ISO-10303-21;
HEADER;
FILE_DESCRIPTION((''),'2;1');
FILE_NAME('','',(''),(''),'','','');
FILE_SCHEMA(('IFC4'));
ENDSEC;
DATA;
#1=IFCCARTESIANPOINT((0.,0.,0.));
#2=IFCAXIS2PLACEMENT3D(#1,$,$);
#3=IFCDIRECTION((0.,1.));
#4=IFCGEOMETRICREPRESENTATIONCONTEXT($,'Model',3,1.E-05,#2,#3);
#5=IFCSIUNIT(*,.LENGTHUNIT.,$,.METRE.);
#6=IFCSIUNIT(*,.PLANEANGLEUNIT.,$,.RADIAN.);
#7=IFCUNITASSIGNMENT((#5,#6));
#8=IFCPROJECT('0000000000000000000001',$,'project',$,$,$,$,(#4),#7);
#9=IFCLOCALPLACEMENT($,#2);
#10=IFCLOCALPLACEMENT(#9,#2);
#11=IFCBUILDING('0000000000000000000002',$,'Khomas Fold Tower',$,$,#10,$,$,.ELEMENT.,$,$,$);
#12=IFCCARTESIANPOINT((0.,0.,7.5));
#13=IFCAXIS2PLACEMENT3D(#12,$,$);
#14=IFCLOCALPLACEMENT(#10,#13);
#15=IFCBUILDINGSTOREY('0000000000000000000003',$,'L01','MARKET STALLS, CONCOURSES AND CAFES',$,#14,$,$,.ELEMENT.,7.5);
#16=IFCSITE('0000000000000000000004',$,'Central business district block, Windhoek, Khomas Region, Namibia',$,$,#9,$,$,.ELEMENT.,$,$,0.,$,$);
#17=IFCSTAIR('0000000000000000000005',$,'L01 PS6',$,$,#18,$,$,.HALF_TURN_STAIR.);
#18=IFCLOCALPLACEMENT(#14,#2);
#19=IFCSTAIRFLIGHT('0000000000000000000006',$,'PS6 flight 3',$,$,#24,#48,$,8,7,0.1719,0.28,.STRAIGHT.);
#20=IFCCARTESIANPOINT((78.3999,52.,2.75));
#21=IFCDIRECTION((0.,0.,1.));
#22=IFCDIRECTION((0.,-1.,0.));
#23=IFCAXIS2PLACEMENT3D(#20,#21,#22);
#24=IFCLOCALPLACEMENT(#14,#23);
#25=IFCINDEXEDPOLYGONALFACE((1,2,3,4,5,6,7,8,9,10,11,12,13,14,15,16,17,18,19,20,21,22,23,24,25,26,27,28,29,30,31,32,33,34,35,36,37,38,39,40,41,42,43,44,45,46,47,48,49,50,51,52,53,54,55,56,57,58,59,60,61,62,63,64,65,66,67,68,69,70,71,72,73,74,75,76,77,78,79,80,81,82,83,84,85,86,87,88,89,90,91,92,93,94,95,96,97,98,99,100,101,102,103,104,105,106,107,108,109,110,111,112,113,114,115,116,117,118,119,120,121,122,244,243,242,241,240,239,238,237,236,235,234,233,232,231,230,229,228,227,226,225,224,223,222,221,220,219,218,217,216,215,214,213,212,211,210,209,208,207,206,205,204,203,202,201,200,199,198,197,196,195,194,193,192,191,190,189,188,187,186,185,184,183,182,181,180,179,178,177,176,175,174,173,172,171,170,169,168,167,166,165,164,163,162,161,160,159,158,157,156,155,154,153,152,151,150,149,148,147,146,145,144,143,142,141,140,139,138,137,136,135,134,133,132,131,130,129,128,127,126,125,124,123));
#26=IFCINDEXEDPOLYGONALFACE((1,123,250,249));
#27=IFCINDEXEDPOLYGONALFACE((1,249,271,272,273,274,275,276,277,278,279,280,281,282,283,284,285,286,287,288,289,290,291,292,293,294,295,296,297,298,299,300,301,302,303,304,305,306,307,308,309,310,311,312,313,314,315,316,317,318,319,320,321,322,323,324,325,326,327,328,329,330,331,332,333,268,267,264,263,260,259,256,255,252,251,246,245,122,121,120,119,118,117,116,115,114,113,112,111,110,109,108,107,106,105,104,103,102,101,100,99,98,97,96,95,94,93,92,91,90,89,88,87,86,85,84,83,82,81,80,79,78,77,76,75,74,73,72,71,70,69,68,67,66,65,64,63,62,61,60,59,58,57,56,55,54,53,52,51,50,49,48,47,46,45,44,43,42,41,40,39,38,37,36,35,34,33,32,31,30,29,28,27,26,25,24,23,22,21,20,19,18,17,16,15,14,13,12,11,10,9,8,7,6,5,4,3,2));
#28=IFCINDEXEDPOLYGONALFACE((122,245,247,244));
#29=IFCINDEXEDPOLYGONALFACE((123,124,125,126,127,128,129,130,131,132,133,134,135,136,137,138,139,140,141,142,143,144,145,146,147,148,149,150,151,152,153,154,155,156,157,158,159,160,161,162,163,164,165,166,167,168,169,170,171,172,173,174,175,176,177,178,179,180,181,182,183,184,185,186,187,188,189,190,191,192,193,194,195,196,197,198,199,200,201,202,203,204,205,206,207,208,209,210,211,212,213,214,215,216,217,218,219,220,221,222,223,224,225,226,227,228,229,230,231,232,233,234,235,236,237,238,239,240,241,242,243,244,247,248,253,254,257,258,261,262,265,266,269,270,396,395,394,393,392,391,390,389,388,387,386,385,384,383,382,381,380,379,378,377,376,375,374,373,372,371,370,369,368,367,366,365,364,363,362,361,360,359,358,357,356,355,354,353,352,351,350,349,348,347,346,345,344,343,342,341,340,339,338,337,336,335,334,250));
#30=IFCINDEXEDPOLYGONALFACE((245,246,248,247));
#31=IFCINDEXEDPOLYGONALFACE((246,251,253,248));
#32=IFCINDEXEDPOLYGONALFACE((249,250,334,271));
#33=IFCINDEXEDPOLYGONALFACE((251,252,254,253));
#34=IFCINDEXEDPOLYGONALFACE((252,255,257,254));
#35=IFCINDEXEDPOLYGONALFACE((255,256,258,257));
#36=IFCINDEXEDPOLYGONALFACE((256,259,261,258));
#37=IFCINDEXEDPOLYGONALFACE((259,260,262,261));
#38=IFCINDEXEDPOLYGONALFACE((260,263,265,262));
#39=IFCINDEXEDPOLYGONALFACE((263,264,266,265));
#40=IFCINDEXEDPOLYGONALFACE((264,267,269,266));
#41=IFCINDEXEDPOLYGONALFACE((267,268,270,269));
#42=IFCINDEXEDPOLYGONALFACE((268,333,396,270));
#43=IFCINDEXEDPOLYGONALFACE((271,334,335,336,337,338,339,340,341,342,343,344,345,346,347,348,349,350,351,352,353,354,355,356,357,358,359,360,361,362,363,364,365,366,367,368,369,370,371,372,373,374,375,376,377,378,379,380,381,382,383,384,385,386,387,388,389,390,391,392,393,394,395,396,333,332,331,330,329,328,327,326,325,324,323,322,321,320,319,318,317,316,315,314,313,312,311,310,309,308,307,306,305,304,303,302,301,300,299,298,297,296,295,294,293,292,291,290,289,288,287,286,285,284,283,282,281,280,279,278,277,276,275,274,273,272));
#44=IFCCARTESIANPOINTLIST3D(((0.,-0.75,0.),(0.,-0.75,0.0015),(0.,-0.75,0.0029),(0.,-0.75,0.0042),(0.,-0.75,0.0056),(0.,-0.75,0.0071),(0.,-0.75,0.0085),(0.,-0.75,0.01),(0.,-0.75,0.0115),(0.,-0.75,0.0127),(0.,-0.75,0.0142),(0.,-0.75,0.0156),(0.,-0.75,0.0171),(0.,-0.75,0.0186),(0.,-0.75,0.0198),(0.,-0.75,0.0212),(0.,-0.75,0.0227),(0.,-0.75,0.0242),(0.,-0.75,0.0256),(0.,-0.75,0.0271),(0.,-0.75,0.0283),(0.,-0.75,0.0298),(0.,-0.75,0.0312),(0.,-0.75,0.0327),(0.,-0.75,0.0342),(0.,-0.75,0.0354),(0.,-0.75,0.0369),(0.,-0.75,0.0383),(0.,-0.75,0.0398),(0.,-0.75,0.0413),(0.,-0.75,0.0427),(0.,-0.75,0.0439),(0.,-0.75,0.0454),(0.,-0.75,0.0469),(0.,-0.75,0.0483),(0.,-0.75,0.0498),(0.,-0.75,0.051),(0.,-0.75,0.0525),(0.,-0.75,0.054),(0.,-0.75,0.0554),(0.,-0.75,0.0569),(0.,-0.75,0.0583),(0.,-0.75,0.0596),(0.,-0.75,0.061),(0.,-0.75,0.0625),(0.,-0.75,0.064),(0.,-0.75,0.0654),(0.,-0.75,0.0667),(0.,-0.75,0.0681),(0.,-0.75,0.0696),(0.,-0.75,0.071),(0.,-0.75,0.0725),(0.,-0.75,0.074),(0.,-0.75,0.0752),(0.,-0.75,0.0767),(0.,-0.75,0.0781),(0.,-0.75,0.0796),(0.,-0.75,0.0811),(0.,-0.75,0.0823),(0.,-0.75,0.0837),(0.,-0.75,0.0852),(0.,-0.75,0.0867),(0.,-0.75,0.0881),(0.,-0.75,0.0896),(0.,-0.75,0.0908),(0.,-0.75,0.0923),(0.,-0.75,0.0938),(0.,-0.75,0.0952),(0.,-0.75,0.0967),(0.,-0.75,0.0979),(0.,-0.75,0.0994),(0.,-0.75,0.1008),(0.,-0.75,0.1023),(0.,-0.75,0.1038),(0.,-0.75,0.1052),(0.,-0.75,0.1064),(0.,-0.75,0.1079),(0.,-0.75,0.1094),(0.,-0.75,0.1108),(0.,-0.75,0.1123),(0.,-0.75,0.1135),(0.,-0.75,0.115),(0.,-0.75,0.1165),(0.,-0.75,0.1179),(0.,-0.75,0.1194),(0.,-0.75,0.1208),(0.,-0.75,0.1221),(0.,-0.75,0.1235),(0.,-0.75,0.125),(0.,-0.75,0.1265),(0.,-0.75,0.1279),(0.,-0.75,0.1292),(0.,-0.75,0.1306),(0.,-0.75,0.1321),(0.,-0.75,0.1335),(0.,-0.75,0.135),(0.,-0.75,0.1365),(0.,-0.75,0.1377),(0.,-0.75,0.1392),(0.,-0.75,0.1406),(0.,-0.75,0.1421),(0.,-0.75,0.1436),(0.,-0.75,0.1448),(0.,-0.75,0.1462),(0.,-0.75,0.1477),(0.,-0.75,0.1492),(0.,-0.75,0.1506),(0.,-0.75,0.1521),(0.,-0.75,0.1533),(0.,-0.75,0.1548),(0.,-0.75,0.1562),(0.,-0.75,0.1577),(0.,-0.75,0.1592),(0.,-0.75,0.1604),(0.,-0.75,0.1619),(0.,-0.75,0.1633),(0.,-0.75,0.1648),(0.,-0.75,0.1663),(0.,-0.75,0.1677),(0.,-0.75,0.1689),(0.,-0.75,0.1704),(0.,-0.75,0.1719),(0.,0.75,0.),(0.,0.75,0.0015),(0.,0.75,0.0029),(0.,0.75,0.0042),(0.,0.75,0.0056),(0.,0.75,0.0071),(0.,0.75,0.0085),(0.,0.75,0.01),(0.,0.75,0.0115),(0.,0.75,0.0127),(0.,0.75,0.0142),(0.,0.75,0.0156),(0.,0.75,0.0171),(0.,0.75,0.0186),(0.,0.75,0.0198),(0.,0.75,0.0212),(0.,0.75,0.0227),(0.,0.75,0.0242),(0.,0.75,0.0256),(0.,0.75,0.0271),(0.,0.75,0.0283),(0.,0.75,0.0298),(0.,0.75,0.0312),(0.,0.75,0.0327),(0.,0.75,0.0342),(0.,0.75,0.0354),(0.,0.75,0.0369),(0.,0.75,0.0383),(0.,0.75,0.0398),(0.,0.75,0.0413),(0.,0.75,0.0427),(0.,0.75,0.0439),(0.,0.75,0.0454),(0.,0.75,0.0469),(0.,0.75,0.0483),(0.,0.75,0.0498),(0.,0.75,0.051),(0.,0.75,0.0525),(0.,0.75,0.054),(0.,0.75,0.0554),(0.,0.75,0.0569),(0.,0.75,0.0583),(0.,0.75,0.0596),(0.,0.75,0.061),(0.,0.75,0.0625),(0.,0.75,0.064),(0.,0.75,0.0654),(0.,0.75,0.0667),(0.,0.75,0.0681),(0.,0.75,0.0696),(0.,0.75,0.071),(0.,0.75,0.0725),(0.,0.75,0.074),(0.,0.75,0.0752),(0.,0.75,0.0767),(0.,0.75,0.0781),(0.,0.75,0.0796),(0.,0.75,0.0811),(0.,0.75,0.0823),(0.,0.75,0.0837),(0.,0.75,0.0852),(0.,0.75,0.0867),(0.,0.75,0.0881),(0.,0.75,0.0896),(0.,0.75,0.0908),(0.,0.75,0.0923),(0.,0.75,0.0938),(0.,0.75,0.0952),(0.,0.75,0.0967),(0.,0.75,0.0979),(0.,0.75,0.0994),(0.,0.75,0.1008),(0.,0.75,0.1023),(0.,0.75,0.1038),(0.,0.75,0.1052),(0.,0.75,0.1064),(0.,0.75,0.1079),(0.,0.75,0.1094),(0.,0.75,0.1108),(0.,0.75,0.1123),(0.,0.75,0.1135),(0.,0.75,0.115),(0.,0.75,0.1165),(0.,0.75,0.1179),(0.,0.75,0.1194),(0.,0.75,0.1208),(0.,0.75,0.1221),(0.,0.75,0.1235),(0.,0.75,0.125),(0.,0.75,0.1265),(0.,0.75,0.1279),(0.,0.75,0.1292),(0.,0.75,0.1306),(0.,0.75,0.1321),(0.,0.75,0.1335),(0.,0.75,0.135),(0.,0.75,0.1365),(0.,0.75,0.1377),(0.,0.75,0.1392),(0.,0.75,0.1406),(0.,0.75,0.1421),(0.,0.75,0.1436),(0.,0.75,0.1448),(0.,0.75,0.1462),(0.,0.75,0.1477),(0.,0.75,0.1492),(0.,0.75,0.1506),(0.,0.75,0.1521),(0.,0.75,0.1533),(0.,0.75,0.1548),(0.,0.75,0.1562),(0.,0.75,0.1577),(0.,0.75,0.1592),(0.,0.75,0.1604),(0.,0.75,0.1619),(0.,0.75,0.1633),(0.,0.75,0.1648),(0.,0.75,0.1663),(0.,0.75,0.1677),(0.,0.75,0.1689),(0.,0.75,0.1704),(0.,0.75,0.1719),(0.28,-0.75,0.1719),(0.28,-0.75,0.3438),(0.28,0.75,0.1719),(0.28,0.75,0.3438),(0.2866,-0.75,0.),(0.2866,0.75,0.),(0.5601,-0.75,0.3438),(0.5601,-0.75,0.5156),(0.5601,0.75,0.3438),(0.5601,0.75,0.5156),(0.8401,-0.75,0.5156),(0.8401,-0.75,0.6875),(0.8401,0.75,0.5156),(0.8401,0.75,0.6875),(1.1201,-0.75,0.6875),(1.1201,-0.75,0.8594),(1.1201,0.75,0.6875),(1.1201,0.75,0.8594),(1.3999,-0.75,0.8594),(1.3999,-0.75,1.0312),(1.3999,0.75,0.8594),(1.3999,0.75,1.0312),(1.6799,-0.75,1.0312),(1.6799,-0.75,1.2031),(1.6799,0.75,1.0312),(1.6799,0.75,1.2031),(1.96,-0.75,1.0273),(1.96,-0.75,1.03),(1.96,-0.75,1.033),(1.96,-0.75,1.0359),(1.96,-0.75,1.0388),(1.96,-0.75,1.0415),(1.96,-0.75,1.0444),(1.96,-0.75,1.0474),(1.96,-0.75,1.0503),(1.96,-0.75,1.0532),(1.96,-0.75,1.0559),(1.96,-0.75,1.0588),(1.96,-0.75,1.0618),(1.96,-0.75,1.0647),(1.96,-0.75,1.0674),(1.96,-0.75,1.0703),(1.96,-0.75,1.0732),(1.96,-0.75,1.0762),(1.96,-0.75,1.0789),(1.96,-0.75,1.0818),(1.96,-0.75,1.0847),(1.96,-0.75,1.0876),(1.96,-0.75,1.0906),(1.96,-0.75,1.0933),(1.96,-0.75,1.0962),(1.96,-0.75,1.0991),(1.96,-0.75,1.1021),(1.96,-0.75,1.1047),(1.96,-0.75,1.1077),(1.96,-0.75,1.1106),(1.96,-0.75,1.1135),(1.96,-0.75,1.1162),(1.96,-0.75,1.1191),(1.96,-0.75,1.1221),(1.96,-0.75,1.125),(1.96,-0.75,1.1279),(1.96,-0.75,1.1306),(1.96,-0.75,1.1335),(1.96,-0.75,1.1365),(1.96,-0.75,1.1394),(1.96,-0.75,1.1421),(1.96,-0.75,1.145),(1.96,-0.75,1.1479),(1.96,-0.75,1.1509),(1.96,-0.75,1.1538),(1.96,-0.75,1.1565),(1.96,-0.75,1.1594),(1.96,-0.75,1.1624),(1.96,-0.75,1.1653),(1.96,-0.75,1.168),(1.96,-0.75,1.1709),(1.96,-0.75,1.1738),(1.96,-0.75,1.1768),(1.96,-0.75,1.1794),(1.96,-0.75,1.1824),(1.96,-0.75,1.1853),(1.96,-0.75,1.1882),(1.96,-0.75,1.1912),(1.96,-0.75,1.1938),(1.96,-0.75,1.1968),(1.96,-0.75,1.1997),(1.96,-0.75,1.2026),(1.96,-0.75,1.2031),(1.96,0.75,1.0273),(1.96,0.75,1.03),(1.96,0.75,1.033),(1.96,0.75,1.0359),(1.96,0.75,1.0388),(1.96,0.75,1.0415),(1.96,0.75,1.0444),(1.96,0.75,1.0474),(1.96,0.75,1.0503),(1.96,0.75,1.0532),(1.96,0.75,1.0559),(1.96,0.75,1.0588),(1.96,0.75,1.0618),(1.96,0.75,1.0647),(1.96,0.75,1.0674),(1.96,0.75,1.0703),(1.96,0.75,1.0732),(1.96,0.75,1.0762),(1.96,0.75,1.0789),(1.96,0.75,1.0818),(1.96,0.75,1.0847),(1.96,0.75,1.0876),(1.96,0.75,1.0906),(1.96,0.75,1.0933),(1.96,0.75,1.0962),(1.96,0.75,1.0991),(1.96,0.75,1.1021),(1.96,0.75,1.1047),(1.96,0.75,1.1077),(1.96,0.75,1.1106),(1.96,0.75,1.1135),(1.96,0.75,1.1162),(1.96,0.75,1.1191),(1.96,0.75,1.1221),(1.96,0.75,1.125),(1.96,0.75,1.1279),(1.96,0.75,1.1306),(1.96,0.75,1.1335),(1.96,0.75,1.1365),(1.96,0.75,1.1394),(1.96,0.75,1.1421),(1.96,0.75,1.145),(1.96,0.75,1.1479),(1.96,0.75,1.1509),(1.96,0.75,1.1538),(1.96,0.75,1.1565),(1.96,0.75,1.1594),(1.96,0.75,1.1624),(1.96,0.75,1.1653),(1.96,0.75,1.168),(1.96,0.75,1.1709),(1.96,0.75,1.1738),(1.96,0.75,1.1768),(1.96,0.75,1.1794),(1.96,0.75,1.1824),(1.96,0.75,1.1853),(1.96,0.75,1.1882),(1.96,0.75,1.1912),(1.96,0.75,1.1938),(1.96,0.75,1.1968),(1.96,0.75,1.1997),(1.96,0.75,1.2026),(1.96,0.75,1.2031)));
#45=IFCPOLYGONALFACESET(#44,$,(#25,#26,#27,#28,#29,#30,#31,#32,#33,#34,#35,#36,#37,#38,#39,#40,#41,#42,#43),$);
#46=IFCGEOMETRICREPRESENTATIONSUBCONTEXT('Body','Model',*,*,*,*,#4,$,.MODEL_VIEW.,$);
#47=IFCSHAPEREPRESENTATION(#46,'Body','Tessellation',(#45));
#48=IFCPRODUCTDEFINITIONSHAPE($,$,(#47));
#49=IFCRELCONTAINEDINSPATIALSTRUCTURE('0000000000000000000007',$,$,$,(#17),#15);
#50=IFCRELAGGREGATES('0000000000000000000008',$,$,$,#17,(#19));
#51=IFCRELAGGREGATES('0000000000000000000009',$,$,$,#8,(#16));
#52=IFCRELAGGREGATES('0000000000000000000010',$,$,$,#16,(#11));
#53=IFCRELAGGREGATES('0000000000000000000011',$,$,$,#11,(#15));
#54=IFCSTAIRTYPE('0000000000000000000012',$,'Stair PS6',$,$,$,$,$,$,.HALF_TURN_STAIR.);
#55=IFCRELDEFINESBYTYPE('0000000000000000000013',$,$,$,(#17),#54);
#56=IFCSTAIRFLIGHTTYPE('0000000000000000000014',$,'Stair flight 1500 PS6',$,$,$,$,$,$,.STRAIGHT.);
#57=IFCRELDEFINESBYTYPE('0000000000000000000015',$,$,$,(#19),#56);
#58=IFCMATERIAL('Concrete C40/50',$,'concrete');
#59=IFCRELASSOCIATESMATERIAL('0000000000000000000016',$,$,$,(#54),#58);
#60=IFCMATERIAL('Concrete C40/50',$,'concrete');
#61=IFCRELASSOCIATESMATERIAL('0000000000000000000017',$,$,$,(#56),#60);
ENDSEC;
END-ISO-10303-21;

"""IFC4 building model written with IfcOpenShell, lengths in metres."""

from ifc_helpers import new_model, si_unit, direction, frame, origin, place, context, subcontext, project, spatial, polyline, outline, extrude, source, transform, mapped, material, type_object, element, aggregate, save


model = new_model("IFC4")

# Units and contexts
model_context = context("Model", 3, precision=1e-05, world=origin(), true_north=direction((0.0, 1.0)))
body_context = subcontext(model_context, "Body", "Model", "MODEL_VIEW")
ifc_project = project(units=[si_unit("LENGTHUNIT", "METRE"), si_unit("PLANEANGLEUNIT", "RADIAN")], contexts=[model_context])

# Site, building, storey
site_placement = place(None, origin())
site = spatial("IfcSite", under=ifc_project, at=site_placement, Name="Central business district block, Windhoek, Khomas Region, Namibia", CompositionType="ELEMENT", RefElevation=0.0)
building_placement = place(site_placement, origin())
building = spatial("IfcBuilding", under=site, at=building_placement, Name="Khomas Fold Tower", CompositionType="ELEMENT")
storey_placement = place(building_placement, frame((0.0, 0.0, 7.5)))
storey = spatial("IfcBuildingStorey", under=building, at=storey_placement, Name="L01", Description="MARKET STALLS, CONCOURSES AND CAFES", CompositionType="ELEMENT", Elevation=7.5)

# Stair, stair flight
shared_shape_1 = source(origin(), body_context, "Body", "SweptSolid", [
    extrude(outline(polyline([(0.0, 0.0), (0.0, 0.0015), (0.0, 0.0029), (0.0, 0.0042), (0.0, 0.0056), (0.0, 0.0071), (0.0, 0.0085), (0.0, 0.01), (0.0, 0.0115), (0.0, 0.0127), (0.0, 0.0142), (0.0, 0.0156), (0.0, 0.0171), (0.0, 0.0186), (0.0, 0.0198), (0.0, 0.0212), (0.0, 0.0227), (0.0, 0.0242), (0.0, 0.0256), (0.0, 0.0271), (0.0, 0.0283), (0.0, 0.0298), (0.0, 0.0312), (0.0, 0.0327), (0.0, 0.0342), (0.0, 0.0354), (0.0, 0.0369), (0.0, 0.0383), (0.0, 0.0398), (0.0, 0.0413), (0.0, 0.0427), (0.0, 0.0439), (0.0, 0.0454), (0.0, 0.0469), (0.0, 0.0483), (0.0, 0.0498), (0.0, 0.051), (0.0, 0.0525), (0.0, 0.054), (0.0, 0.0554), (0.0, 0.0569), (0.0, 0.0583), (0.0, 0.0596), (0.0, 0.061), (0.0, 0.0625), (0.0, 0.064), (0.0, 0.0654), (0.0, 0.0667), (0.0, 0.0681), (0.0, 0.0696), (0.0, 0.071), (0.0, 0.0725), (0.0, 0.074), (0.0, 0.0752), (0.0, 0.0767), (0.0, 0.0781), (0.0, 0.0796), (0.0, 0.0811), (0.0, 0.0823), (0.0, 0.0837), (0.0, 0.0852), (0.0, 0.0867), (0.0, 0.0881), (0.0, 0.0896), (0.0, 0.0908), (0.0, 0.0923), (0.0, 0.0938), (0.0, 0.0952), (0.0, 0.0967), (0.0, 0.0979), (0.0, 0.0994), (0.0, 0.1008), (0.0, 0.1023), (0.0, 0.1038), (0.0, 0.1052), (0.0, 0.1064), (0.0, 0.1079), (0.0, 0.1094), (0.0, 0.1108), (0.0, 0.1123), (0.0, 0.1135), (0.0, 0.115), (0.0, 0.1165), (0.0, 0.1179), (0.0, 0.1194), (0.0, 0.1208), (0.0, 0.1221), (0.0, 0.1235), (0.0, 0.125), (0.0, 0.1265), (0.0, 0.1279), (0.0, 0.1292), (0.0, 0.1306), (0.0, 0.1321), (0.0, 0.1335), (0.0, 0.135), (0.0, 0.1365), (0.0, 0.1377), (0.0, 0.1392), (0.0, 0.1406), (0.0, 0.1421), (0.0, 0.1436), (0.0, 0.1448), (0.0, 0.1462), (0.0, 0.1477), (0.0, 0.1492), (0.0, 0.1506), (0.0, 0.1521), (0.0, 0.1533), (0.0, 0.1548), (0.0, 0.1562), (0.0, 0.1577), (0.0, 0.1592), (0.0, 0.1604), (0.0, 0.1619), (0.0, 0.1633), (0.0, 0.1648), (0.0, 0.1663), (0.0, 0.1677), (0.0, 0.1689), (0.0, 0.1704), (0.0, 0.1719), (0.28, 0.1719), (0.28, 0.3438), (0.5601, 0.3438), (0.5601, 0.5156), (0.8401, 0.5156), (0.8401, 0.6875), (1.1201, 0.6875), (1.1201, 0.8594), (1.3999, 0.8594), (1.3999, 1.0312), (1.6799, 1.0312), (1.6799, 1.2031), (1.96, 1.2031), (1.96, 1.375), (1.96, 1.3721), (1.96, 1.3691), (1.96, 1.3665), (1.96, 1.3635), (1.96, 1.3606), (1.96, 1.3577), (1.96, 1.355), (1.96, 1.3521), (1.96, 1.3491), (1.96, 1.3462), (1.96, 1.3435), (1.96, 1.3406), (1.96, 1.3376), (1.96, 1.3347), (1.96, 1.3318), (1.96, 1.3291), (1.96, 1.3262), (1.96, 1.3232), (1.96, 1.3203), (1.96, 1.3176), (1.96, 1.3147), (1.96, 1.3118), (1.96, 1.3088), (1.96, 1.3059), (1.96, 1.3032), (1.96, 1.3003), (1.96, 1.2974), (1.96, 1.2944), (1.96, 1.2917), (1.96, 1.2888), (1.96, 1.2859), (1.96, 1.283), (1.96, 1.2803), (1.96, 1.2773), (1.96, 1.2744), (1.96, 1.2715), (1.96, 1.2686), (1.96, 1.2659), (1.96, 1.2629), (1.96, 1.26), (1.96, 1.2571), (1.96, 1.2544), (1.96, 1.2515), (1.96, 1.2485), (1.96, 1.2456), (1.96, 1.2427), (1.96, 1.24), (1.96, 1.2371), (1.96, 1.2341), (1.96, 1.2312), (1.96, 1.2285), (1.96, 1.2256), (1.96, 1.2227), (1.96, 1.2197), (1.96, 1.217), (1.96, 1.2141), (1.96, 1.2112), (1.96, 1.2083), (1.96, 1.2053), (1.96, 1.2026), (1.96, 1.1997), (1.96, 1.1968), (1.96, 1.1938), (1.96, 1.1912), (1.96, 1.1882), (1.96, 1.1853), (1.96, 1.1824), (1.96, 1.1794), (1.96, 1.1768), (1.96, 1.1738), (1.96, 1.1709), (1.96, 1.168), (1.96, 1.1653), (1.96, 1.1624), (1.96, 1.1594), (1.96, 1.1565), (1.96, 1.1538), (1.96, 1.1509), (1.96, 1.1479), (1.96, 1.145), (1.96, 1.1421), (1.96, 1.1394), (1.96, 1.1365), (1.96, 1.1335), (1.96, 1.1306), (1.96, 1.1279), (1.96, 1.125), (1.96, 1.1221), (1.96, 1.1191), (1.96, 1.1162), (1.96, 1.1135), (1.96, 1.1106), (1.96, 1.1077), (1.96, 1.1047), (1.96, 1.1021), (1.96, 1.0991), (1.96, 1.0962), (1.96, 1.0933), (1.96, 1.0906), (1.96, 1.0876), (1.96, 1.0847), (1.96, 1.0818), (1.96, 1.0789), (1.96, 1.0762), (1.96, 1.0732), (1.96, 1.0703), (1.96, 1.0674), (1.96, 1.0647), (1.96, 1.0618), (1.96, 1.0588), (1.96, 1.0559), (1.96, 1.0532), (1.96, 1.0503), (1.96, 1.0474), (1.96, 1.0444), (1.96, 1.0415), (1.96, 1.0388), (1.96, 1.0359), (1.96, 1.033), (1.96, 1.03), (1.96, 1.0273), (0.2866, 0.0), (0.0, 0.0)])), frame((0.0, 0.75, 0.0), z_axis=(0.0, -1.0, 0.0), x_axis=(1.0, 0.0, 0.0)), (0.0, 0.0, 1.0), 1.5),
])
ifc_material_1 = material(Name="Concrete C40/50", Category="concrete")
stair_type_1 = type_object("IfcStairType", Name="Stair PS6", PredefinedType="HALF_TURN_STAIR", material=ifc_material_1)
stair_1_placement = place(storey_placement, origin())
stair_1 = element("IfcStair", 1, at=stair_1_placement, inside=storey, type_object=stair_type_1, Name="L01 PS6", PredefinedType="HALF_TURN_STAIR")
ifc_material_2 = material(Name="Concrete C40/50", Category="concrete")
stair_flight_type_1 = type_object("IfcStairFlightType", Name="Stair flight 1500 PS6", PredefinedType="STRAIGHT", material=ifc_material_2)
stair_flight_1_placement = place(storey_placement, frame((78.3999, 52.0, 2.75), z_axis=(0.0, 0.0, 1.0), x_axis=(0.0, -1.0, 0.0)))
stair_flight_1 = element("IfcStairFlight", 2, at=stair_flight_1_placement, type_object=stair_flight_type_1, Name="PS6 flight 3", NumberOfRisers=8, NumberOfTreads=7, PredefinedType="STRAIGHT", RiserHeight=0.1719, TreadLength=0.28, context=body_context, shape_type="MappedRepresentation", body=[
    mapped(shared_shape_1, transform((0.0, 0.0, 0.0))),
])
aggregate(stair_1, [stair_flight_1])

save(model, "model.ifc")
